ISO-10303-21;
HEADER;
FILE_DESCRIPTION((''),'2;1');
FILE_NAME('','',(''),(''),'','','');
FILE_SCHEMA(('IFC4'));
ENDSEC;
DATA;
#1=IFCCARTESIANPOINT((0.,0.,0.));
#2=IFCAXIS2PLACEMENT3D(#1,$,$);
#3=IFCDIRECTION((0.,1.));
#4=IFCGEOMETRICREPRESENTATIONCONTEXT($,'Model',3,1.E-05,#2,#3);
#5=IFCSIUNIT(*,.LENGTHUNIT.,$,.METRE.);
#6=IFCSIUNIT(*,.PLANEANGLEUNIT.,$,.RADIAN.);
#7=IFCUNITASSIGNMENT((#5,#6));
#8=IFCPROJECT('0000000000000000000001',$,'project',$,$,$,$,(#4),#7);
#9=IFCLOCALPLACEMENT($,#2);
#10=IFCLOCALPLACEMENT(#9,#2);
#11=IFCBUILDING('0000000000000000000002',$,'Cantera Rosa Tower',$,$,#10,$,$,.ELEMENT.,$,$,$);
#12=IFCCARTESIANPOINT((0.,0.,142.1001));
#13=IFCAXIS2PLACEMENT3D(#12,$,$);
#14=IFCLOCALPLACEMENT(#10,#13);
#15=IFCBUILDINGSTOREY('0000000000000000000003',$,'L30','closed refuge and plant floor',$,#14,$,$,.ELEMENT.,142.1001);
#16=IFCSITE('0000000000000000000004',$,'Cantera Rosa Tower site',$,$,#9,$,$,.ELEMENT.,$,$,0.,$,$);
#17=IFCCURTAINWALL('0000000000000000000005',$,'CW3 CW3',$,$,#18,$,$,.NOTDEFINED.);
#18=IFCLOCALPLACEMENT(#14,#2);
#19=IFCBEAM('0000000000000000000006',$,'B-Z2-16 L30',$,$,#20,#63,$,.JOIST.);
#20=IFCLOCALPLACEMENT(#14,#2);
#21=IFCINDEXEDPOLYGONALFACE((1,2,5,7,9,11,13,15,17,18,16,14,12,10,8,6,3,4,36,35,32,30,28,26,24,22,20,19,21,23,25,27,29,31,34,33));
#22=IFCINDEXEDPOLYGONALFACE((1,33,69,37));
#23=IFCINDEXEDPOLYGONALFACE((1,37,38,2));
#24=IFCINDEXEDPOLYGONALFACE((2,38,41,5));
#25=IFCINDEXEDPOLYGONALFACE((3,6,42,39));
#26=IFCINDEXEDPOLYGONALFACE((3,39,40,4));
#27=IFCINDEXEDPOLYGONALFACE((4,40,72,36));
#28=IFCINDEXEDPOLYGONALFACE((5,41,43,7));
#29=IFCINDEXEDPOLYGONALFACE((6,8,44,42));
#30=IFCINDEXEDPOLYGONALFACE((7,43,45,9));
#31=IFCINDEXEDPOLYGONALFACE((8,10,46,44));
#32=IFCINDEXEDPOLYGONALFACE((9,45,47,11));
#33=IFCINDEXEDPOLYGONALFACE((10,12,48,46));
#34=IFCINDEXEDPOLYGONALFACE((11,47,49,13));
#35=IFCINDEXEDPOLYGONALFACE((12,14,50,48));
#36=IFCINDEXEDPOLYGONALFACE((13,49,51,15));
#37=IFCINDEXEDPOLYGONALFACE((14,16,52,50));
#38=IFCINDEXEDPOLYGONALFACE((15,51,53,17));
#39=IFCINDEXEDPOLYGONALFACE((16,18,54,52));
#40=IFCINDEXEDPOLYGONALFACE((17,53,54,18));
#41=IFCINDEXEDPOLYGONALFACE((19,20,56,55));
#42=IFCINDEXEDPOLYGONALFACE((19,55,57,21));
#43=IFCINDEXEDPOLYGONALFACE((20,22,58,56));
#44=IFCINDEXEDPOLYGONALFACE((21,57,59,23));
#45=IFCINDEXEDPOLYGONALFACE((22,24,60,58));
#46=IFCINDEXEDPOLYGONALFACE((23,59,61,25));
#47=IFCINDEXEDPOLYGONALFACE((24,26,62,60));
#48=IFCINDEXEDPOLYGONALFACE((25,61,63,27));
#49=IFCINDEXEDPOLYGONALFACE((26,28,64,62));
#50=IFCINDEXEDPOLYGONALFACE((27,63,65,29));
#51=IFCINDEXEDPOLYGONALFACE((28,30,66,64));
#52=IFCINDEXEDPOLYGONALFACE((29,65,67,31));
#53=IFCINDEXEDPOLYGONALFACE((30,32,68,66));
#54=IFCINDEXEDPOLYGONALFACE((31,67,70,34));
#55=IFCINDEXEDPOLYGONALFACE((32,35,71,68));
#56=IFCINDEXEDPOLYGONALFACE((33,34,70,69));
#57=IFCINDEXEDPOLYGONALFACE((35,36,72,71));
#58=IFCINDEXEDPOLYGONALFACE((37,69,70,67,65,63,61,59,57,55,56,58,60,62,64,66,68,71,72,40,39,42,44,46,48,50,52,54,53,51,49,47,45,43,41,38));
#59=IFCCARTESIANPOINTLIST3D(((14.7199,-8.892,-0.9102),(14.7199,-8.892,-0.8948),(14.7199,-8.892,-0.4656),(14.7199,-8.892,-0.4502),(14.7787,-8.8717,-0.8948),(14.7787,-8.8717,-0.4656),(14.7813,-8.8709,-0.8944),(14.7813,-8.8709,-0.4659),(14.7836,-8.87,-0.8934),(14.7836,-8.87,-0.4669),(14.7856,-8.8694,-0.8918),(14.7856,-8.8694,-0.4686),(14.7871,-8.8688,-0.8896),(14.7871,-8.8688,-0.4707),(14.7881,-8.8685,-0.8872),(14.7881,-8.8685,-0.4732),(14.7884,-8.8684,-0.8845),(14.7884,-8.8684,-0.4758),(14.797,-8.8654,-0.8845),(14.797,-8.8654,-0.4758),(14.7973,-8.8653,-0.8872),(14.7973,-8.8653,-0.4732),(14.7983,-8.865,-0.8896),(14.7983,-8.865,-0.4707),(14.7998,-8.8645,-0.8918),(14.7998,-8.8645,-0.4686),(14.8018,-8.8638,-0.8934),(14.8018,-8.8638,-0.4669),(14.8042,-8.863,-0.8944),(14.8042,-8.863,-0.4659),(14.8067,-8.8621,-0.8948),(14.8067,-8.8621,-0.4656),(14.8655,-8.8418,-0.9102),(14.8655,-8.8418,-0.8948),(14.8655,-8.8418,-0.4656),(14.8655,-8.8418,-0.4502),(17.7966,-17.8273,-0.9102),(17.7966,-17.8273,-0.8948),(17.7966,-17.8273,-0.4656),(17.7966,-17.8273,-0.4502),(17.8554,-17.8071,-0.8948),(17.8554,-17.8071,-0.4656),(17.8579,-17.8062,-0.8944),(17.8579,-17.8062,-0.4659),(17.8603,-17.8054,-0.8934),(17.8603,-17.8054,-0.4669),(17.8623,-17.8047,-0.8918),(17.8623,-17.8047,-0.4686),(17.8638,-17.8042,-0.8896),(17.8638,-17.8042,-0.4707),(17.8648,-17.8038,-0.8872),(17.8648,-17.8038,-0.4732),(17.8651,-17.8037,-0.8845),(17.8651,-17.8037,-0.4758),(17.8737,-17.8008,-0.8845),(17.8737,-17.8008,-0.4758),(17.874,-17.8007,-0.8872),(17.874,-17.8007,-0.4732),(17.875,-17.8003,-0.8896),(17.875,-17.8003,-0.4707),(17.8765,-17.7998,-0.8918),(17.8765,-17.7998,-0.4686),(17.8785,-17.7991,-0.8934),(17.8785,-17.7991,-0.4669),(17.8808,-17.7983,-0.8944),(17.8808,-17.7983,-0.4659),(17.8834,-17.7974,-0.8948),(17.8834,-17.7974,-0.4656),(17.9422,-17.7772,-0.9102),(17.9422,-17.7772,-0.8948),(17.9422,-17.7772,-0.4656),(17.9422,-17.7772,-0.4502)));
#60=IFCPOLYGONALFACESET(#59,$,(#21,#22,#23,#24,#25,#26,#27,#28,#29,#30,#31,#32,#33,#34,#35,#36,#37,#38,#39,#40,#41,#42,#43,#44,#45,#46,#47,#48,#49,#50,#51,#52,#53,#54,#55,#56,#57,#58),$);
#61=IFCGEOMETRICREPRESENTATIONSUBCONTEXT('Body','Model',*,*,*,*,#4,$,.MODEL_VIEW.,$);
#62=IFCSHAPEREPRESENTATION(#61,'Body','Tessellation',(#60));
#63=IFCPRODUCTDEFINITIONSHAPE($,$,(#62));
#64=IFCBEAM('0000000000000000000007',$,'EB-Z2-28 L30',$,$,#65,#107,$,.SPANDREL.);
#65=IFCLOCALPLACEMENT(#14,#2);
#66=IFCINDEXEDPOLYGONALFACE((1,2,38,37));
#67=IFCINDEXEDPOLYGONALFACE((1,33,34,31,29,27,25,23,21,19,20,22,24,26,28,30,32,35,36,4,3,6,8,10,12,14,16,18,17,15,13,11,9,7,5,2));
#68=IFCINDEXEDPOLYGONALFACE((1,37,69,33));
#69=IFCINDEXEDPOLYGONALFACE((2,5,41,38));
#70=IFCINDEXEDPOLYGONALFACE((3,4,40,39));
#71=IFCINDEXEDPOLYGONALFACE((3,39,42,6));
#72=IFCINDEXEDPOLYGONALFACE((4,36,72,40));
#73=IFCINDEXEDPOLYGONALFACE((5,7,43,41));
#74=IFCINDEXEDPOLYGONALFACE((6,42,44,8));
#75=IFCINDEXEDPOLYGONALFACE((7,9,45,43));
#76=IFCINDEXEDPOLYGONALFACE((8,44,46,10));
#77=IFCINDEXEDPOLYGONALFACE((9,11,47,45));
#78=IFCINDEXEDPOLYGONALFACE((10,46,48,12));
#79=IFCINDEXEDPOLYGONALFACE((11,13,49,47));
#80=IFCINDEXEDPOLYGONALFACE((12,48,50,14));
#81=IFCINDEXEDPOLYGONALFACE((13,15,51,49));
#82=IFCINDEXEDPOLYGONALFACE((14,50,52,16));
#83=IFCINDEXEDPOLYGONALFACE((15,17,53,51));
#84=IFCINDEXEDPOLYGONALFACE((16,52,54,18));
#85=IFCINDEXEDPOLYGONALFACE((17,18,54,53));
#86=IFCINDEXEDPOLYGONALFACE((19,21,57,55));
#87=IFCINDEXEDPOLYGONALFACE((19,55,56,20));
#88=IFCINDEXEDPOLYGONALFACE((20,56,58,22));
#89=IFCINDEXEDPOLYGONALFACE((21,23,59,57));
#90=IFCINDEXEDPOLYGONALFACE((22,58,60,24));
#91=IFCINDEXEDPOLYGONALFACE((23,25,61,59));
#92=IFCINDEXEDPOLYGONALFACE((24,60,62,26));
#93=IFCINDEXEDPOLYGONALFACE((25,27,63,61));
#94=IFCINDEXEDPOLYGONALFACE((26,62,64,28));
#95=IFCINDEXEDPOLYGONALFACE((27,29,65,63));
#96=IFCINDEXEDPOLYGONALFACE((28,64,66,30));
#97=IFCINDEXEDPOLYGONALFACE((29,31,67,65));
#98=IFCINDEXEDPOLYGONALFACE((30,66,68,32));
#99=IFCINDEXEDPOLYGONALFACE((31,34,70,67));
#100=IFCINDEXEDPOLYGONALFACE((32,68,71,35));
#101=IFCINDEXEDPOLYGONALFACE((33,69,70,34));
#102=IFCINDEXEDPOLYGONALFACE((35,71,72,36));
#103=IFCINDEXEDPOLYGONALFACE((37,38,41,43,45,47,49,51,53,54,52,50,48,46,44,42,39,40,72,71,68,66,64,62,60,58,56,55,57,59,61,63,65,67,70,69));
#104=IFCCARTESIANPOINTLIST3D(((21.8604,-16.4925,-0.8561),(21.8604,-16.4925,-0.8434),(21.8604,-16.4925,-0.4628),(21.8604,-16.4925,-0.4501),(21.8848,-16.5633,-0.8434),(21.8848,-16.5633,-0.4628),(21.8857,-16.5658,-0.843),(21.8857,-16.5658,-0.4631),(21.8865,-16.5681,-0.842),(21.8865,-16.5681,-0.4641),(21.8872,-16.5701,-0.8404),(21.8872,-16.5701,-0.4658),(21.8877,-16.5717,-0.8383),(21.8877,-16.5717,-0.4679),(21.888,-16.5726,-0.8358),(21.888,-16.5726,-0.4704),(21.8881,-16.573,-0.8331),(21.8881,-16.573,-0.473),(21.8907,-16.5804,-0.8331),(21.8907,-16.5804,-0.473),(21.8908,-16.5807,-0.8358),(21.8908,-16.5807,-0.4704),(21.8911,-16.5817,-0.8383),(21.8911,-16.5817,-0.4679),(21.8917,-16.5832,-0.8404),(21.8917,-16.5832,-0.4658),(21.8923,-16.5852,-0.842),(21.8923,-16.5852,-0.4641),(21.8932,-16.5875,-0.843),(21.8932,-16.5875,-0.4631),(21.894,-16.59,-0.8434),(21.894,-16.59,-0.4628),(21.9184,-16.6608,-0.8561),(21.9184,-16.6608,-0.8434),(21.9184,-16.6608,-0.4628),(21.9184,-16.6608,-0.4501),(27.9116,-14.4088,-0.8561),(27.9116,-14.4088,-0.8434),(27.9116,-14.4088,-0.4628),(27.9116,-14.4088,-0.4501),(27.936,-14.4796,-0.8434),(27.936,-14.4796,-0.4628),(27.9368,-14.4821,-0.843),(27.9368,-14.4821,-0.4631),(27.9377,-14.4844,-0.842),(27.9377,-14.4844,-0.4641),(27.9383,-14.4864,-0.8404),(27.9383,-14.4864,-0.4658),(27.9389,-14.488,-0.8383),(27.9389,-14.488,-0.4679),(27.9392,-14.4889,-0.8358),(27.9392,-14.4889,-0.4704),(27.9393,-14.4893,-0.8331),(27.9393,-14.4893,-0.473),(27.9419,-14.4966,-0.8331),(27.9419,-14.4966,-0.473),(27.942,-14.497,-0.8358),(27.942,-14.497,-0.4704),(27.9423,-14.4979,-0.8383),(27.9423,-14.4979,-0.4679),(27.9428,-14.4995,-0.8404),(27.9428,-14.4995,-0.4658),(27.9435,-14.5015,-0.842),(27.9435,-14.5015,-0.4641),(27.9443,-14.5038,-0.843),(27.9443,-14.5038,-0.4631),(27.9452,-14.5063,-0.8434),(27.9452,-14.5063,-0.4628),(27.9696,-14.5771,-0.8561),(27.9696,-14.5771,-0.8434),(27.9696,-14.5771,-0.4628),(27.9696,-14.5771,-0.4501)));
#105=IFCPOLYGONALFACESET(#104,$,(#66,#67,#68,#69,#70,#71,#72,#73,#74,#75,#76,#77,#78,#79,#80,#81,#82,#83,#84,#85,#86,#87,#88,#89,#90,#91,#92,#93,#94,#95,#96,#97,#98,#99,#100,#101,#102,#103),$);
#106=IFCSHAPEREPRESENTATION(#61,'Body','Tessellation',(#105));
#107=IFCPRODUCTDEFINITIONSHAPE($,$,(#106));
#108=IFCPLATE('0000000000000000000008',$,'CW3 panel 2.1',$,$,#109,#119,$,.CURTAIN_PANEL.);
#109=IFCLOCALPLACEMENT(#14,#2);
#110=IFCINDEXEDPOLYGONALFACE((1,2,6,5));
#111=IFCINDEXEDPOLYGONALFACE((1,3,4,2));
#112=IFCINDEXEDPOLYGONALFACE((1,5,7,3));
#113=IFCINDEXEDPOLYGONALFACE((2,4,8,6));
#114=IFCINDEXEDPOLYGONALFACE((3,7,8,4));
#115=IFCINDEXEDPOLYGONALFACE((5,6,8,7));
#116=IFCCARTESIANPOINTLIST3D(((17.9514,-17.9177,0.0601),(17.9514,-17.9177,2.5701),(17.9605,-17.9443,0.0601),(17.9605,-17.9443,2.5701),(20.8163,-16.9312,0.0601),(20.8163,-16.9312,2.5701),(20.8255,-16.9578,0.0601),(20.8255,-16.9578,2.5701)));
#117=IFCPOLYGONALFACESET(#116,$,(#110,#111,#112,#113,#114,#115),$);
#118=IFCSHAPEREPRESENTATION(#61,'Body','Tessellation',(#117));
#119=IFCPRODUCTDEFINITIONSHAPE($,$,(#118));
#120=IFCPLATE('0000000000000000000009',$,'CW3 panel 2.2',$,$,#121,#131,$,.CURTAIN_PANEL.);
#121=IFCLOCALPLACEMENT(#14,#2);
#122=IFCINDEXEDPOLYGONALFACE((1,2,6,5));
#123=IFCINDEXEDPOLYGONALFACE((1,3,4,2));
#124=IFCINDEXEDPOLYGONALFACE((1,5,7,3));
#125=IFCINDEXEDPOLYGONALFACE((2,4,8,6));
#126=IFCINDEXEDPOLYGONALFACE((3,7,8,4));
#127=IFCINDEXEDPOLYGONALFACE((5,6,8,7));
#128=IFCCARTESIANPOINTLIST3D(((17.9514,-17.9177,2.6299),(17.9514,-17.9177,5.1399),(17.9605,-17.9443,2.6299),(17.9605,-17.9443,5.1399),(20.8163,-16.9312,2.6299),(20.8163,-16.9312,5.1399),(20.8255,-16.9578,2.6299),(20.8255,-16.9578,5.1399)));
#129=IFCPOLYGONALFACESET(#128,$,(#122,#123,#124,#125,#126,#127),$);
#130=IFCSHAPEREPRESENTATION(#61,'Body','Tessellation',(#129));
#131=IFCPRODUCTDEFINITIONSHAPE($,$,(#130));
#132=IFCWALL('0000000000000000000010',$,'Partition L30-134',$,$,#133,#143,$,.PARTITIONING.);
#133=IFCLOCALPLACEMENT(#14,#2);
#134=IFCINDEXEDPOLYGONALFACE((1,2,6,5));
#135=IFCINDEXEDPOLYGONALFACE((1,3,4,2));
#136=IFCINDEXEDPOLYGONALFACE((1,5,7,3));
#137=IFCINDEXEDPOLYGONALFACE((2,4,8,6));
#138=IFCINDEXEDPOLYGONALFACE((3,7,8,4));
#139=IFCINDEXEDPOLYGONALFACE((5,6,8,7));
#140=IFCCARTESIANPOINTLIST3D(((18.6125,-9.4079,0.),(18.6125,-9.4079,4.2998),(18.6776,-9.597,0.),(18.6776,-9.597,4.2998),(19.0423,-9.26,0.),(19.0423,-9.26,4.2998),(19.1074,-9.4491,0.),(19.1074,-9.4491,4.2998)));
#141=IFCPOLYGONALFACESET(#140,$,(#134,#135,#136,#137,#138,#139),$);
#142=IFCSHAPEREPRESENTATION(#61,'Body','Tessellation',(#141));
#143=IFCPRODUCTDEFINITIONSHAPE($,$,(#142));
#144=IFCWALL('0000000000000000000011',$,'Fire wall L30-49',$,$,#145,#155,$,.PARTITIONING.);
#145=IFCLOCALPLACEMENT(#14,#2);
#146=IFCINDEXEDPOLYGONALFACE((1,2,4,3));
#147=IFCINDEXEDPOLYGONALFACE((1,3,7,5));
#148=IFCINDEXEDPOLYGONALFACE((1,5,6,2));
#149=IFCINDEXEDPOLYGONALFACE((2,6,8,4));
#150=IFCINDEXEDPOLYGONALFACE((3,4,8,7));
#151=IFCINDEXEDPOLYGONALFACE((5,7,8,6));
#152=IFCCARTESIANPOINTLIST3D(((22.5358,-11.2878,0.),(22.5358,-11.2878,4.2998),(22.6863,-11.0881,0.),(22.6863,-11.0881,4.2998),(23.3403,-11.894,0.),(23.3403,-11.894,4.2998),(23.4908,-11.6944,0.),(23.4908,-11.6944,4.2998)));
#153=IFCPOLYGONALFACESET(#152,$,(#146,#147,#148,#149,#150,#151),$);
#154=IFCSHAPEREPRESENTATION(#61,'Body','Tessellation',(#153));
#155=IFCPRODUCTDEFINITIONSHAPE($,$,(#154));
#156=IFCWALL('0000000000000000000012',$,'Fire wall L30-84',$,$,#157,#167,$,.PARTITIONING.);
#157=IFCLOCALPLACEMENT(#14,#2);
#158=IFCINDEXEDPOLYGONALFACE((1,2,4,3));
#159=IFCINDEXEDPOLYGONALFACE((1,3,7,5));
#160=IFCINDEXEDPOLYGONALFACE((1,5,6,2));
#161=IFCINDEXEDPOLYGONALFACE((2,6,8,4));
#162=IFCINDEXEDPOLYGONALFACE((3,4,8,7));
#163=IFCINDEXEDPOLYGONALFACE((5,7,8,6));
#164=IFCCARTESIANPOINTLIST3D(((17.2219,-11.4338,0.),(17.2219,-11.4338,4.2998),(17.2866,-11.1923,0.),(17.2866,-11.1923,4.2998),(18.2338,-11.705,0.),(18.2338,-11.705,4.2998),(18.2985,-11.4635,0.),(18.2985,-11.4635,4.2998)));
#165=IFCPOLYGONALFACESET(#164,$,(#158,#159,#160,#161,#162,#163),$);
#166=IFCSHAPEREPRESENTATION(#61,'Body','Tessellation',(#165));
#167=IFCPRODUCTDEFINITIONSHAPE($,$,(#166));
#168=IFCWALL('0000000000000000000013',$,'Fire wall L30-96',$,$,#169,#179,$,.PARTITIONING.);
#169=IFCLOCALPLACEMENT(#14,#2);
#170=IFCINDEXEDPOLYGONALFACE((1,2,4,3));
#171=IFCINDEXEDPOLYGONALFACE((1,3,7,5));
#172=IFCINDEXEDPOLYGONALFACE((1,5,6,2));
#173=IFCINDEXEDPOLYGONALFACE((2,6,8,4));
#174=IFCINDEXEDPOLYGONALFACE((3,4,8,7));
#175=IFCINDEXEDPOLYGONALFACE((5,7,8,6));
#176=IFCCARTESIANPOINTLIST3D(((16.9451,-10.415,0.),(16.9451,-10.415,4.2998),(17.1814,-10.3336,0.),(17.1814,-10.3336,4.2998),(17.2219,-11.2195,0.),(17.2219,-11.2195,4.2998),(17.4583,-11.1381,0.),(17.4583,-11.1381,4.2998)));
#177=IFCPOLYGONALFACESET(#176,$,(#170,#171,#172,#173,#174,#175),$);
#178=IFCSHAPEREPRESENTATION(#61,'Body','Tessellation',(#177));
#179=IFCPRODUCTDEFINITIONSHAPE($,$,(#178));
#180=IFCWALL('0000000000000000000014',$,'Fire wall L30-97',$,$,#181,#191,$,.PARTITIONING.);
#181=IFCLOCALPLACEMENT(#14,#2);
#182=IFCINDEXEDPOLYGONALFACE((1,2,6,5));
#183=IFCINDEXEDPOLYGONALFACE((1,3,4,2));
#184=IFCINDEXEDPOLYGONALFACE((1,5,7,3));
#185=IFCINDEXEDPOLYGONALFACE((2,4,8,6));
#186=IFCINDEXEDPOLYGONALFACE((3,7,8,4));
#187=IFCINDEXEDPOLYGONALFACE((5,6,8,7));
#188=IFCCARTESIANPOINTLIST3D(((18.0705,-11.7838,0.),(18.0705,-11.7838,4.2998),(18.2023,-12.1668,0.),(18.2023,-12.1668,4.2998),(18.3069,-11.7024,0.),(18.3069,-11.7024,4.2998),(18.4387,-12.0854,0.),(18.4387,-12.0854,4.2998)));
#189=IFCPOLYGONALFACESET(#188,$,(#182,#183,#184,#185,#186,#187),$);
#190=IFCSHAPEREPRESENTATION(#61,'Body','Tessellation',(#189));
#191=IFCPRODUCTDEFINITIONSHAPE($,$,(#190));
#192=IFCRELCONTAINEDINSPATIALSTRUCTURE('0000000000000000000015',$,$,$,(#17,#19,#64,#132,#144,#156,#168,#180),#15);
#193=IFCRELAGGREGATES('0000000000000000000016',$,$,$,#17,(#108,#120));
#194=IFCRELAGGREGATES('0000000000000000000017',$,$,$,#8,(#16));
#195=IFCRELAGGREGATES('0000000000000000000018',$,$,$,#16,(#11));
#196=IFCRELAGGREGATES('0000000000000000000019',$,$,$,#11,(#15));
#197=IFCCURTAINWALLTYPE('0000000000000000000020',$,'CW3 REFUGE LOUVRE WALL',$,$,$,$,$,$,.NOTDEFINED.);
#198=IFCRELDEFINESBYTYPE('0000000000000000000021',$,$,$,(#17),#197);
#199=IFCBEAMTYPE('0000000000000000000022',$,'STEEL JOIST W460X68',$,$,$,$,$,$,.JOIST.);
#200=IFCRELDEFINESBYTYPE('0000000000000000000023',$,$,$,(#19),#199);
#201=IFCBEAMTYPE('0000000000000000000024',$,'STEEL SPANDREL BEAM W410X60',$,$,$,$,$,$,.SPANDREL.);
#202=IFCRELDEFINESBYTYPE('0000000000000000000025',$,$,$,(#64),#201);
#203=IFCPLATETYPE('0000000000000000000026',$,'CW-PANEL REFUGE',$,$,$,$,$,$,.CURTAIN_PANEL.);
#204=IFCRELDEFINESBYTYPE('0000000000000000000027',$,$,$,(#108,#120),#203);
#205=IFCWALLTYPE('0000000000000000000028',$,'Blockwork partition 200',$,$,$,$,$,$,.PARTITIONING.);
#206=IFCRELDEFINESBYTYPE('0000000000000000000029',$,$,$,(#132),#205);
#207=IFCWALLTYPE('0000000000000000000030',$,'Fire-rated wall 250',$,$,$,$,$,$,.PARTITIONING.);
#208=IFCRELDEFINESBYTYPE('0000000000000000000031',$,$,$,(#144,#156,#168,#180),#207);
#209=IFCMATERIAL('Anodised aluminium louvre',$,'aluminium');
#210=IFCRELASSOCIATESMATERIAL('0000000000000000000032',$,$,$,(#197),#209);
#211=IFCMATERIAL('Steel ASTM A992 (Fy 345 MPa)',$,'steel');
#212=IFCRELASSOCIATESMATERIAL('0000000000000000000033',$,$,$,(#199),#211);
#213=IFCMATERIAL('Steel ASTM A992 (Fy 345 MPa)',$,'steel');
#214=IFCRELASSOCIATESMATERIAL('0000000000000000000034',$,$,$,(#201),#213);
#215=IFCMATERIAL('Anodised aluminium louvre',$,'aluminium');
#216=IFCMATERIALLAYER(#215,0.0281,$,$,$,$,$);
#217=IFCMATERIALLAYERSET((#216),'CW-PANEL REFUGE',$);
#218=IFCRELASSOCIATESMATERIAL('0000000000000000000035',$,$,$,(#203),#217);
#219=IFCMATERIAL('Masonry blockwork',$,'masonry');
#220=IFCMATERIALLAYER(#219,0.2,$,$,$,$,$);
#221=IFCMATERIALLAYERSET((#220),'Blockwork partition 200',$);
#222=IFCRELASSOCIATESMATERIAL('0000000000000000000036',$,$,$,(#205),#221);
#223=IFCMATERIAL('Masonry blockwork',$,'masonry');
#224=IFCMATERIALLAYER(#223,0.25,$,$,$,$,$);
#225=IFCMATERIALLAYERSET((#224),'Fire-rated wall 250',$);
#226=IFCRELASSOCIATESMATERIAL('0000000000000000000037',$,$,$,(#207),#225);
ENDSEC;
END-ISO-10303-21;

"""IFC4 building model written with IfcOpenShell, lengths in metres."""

from ifc_helpers import new_model, si_unit, direction, frame, frame_2d, origin, origin_2d, place, context, subcontext, project, spatial, rectangle, i_section, extrude, material, layer, layer_set, material_profile, profile_set, type_object, element, aggregate, save


model = new_model("IFC4")

# Units and contexts
model_context = context("Model", 3, precision=1e-05, world=origin(), true_north=direction((0.0, 1.0)))
body_context = subcontext(model_context, "Body", "Model", "MODEL_VIEW")
ifc_project = project(units=[si_unit("LENGTHUNIT", "METRE"), si_unit("PLANEANGLEUNIT", "RADIAN")], contexts=[model_context])

# Site, building, storey
site_placement = place(None, origin())
site = spatial("IfcSite", under=ifc_project, at=site_placement, Name="Cantera Rosa Tower site", CompositionType="ELEMENT", RefElevation=0.0)
building_placement = place(site_placement, origin())
building = spatial("IfcBuilding", under=site, at=building_placement, Name="Cantera Rosa Tower", CompositionType="ELEMENT")
storey_placement = place(building_placement, frame((0.0, 0.0, 142.1001)))
storey = spatial("IfcBuildingStorey", under=building, at=storey_placement, Name="L30", Description="closed refuge and plant floor", CompositionType="ELEMENT", Elevation=142.1001)

# Curtain wall
ifc_material_1 = material(Name="Anodised aluminium louvre", Category="aluminium")
curtain_wall_type = type_object("IfcCurtainWallType", Name="CW3 REFUGE LOUVRE WALL", PredefinedType="NOTDEFINED", material=ifc_material_1)
curtain_wall_1_placement = place(storey_placement, origin())
curtain_wall_1 = element("IfcCurtainWall", 1, at=curtain_wall_1_placement, inside=storey, type_object=curtain_wall_type, Name="CW3 CW3", PredefinedType="NOTDEFINED")

# Beams
ifc_material_2 = material(Name="Steel ASTM A992 (Fy 345 MPa)", Category="steel")
ifc_material_profile_1 = material_profile(ifc_material_2, i_section(OverallWidth=0.1541, OverallDepth=0.46, WebThickness=0.009, FlangeThickness=0.0154, FilletRadius=0.0103, at=origin_2d()), Name="W460X68")
ifc_profile_set_1 = profile_set([ifc_material_profile_1], Name="Steel ASTM A992 (Fy 345 MPa)")
beam_type_1 = type_object("IfcBeamType", Name="STEEL JOIST W460X68", PredefinedType="JOIST", material=ifc_profile_set_1)
beam_1_placement = place(storey_placement, frame((17.8694, -17.8022, -0.6802), z_axis=(-0.325567, 0.945519, 0.0), x_axis=(-0.945519, -0.325567, 0.0)))
element("IfcBeam", 2, at=beam_1_placement, inside=storey, type_object=beam_type_1, Name="B-Z2-16 L30", PredefinedType="JOIST", context=body_context, shape_type="SweptSolid", body=[
    extrude(i_section(OverallWidth=0.1541, OverallDepth=0.46, WebThickness=0.009, FlangeThickness=0.0154, FilletRadius=0.0103, at=origin_2d()), origin(), (0.0, 0.0, 1.0), 9.4502),
])
ifc_material_3 = material(Name="Steel ASTM A992 (Fy 345 MPa)", Category="steel")
ifc_material_profile_2 = material_profile(ifc_material_3, i_section(OverallWidth=0.178, OverallDepth=0.406, WebThickness=0.0078, FlangeThickness=0.0127, FilletRadius=0.0103, at=origin_2d()), Name="W410X60")
ifc_profile_set_2 = profile_set([ifc_material_profile_2], Name="Steel ASTM A992 (Fy 345 MPa)")
beam_type_2 = type_object("IfcBeamType", Name="STEEL SPANDREL BEAM W410X60", PredefinedType="SPANDREL", material=ifc_profile_set_2)
beam_2_placement = place(storey_placement, frame((21.8894, -16.5767, -0.6531), z_axis=(0.945513, 0.325585, 0.0), x_axis=(-0.325585, 0.945513, 0.0)))
element("IfcBeam", 3, at=beam_2_placement, inside=storey, type_object=beam_type_2, Name="EB-Z2-28 L30", PredefinedType="SPANDREL", context=body_context, shape_type="SweptSolid", body=[
    extrude(i_section(OverallWidth=0.178, OverallDepth=0.406, WebThickness=0.0078, FlangeThickness=0.0127, FilletRadius=0.0103, at=origin_2d()), origin(), (0.0, 0.0, 1.0), 6.3999),
])

# Plates
ifc_material_4 = material(Name="Anodised aluminium louvre", Category="aluminium")
ifc_layer_1 = layer(ifc_material_4, 0.0281)
ifc_layer_set_1 = layer_set([ifc_layer_1], Name="CW-PANEL REFUGE")
plate_type = type_object("IfcPlateType", Name="CW-PANEL REFUGE", PredefinedType="CURTAIN_PANEL", material=ifc_layer_set_1)
plate_1_placement = place(storey_placement, frame((19.3884, -17.4377, 0.0601), z_axis=(0.0, 0.0, 1.0), x_axis=(0.945519, 0.325568, 0.0)))
plate_1 = element("IfcPlate", 4, at=plate_1_placement, type_object=plate_type, Name="CW3 panel 2.1", PredefinedType="CURTAIN_PANEL", context=body_context, shape_type="SweptSolid", body=[
    extrude(rectangle(XDim=3.03, YDim=0.0281, at=origin_2d()), origin(), (0.0, 0.0, 1.0), 2.51),
])
plate_2_placement = place(storey_placement, frame((19.3884, -17.4377, 2.6299), z_axis=(0.0, 0.0, 1.0), x_axis=(0.945519, 0.325568, 0.0)))
plate_2 = element("IfcPlate", 5, at=plate_2_placement, type_object=plate_type, Name="CW3 panel 2.2", PredefinedType="CURTAIN_PANEL", context=body_context, shape_type="SweptSolid", body=[
    extrude(rectangle(XDim=3.03, YDim=0.0281, at=origin_2d()), origin(), (0.0, 0.0, 1.0), 2.51),
])
aggregate(curtain_wall_1, [plate_1, plate_2])

# Walls
ifc_material_5 = material(Name="Masonry blockwork", Category="masonry")
ifc_layer_2 = layer(ifc_material_5, 0.2)
ifc_layer_set_2 = layer_set([ifc_layer_2], Name="Blockwork partition 200")
wall_type_1 = type_object("IfcWallType", Name="Blockwork partition 200", PredefinedType="PARTITIONING", material=ifc_layer_set_2)
wall_1_placement = place(storey_placement, frame((18.645, -9.5024, 0.0), z_axis=(0.0, 0.0, 1.0), x_axis=(0.945578, 0.325395, 0.0)))
element("IfcWall", 6, at=wall_1_placement, inside=storey, type_object=wall_type_1, Name="Partition L30-134", PredefinedType="PARTITIONING", context=body_context, shape_type="SweptSolid", body=[
    extrude(rectangle(XDim=0.4546, YDim=0.2, at=frame_2d((0.2273, 0.0))), origin(), (0.0, 0.0, 1.0), 4.2998),
])
ifc_material_6 = material(Name="Masonry blockwork", Category="masonry")
ifc_layer_3 = layer(ifc_material_6, 0.25)
ifc_layer_set_3 = layer_set([ifc_layer_3], Name="Fire-rated wall 250")
wall_type_2 = type_object("IfcWallType", Name="Fire-rated wall 250", PredefinedType="PARTITIONING", material=ifc_layer_set_3)
wall_2_placement = place(storey_placement, frame((23.4155, -11.7942, 0.0), z_axis=(0.0, 0.0, 1.0), x_axis=(-0.798631, 0.601821, 0.0)))
element("IfcWall", 7, at=wall_2_placement, inside=storey, type_object=wall_type_2, Name="Fire wall L30-49", PredefinedType="PARTITIONING", context=body_context, shape_type="SweptSolid", body=[
    extrude(rectangle(XDim=1.0073, YDim=0.25, at=frame_2d((0.5037, 0.0))), origin(), (0.0, 0.0, 1.0), 4.2998),
])
wall_3_placement = place(storey_placement, frame((17.2542, -11.313, 0.0), z_axis=(0.0, 0.0, 1.0), x_axis=(0.965905, -0.258895, 0.0)))
element("IfcWall", 8, at=wall_3_placement, inside=storey, type_object=wall_type_2, Name="Fire wall L30-84", PredefinedType="PARTITIONING", context=body_context, shape_type="SweptSolid", body=[
    extrude(rectangle(XDim=1.0476, YDim=0.25, at=frame_2d((0.5239, 0.0))), origin(), (0.0, 0.0, 1.0), 4.2998),
])
wall_4_placement = place(storey_placement, frame((17.3401, -11.1787, 0.0), z_axis=(0.0, 0.0, 1.0), x_axis=(-0.325425, 0.945568, 0.0)))
element("IfcWall", 9, at=wall_4_placement, inside=storey, type_object=wall_type_2, Name="Fire wall L30-96", PredefinedType="PARTITIONING", context=body_context, shape_type="SweptSolid", body=[
    extrude(rectangle(XDim=0.8508, YDim=0.25, at=frame_2d((0.4253, 0.0))), origin(), (0.0, 0.0, 1.0), 4.2998),
])
wall_5_placement = place(storey_placement, frame((18.3206, -12.1262, 0.0), z_axis=(0.0, 0.0, 1.0), x_axis=(-0.325433, 0.945565, 0.0)))
element("IfcWall", 10, at=wall_5_placement, inside=storey, type_object=wall_type_2, Name="Fire wall L30-97", PredefinedType="PARTITIONING", context=body_context, shape_type="SweptSolid", body=[
    extrude(rectangle(XDim=0.405, YDim=0.25, at=frame_2d((0.2026, 0.0))), origin(), (0.0, 0.0, 1.0), 4.2998),
])

save(model, "model.ifc")
